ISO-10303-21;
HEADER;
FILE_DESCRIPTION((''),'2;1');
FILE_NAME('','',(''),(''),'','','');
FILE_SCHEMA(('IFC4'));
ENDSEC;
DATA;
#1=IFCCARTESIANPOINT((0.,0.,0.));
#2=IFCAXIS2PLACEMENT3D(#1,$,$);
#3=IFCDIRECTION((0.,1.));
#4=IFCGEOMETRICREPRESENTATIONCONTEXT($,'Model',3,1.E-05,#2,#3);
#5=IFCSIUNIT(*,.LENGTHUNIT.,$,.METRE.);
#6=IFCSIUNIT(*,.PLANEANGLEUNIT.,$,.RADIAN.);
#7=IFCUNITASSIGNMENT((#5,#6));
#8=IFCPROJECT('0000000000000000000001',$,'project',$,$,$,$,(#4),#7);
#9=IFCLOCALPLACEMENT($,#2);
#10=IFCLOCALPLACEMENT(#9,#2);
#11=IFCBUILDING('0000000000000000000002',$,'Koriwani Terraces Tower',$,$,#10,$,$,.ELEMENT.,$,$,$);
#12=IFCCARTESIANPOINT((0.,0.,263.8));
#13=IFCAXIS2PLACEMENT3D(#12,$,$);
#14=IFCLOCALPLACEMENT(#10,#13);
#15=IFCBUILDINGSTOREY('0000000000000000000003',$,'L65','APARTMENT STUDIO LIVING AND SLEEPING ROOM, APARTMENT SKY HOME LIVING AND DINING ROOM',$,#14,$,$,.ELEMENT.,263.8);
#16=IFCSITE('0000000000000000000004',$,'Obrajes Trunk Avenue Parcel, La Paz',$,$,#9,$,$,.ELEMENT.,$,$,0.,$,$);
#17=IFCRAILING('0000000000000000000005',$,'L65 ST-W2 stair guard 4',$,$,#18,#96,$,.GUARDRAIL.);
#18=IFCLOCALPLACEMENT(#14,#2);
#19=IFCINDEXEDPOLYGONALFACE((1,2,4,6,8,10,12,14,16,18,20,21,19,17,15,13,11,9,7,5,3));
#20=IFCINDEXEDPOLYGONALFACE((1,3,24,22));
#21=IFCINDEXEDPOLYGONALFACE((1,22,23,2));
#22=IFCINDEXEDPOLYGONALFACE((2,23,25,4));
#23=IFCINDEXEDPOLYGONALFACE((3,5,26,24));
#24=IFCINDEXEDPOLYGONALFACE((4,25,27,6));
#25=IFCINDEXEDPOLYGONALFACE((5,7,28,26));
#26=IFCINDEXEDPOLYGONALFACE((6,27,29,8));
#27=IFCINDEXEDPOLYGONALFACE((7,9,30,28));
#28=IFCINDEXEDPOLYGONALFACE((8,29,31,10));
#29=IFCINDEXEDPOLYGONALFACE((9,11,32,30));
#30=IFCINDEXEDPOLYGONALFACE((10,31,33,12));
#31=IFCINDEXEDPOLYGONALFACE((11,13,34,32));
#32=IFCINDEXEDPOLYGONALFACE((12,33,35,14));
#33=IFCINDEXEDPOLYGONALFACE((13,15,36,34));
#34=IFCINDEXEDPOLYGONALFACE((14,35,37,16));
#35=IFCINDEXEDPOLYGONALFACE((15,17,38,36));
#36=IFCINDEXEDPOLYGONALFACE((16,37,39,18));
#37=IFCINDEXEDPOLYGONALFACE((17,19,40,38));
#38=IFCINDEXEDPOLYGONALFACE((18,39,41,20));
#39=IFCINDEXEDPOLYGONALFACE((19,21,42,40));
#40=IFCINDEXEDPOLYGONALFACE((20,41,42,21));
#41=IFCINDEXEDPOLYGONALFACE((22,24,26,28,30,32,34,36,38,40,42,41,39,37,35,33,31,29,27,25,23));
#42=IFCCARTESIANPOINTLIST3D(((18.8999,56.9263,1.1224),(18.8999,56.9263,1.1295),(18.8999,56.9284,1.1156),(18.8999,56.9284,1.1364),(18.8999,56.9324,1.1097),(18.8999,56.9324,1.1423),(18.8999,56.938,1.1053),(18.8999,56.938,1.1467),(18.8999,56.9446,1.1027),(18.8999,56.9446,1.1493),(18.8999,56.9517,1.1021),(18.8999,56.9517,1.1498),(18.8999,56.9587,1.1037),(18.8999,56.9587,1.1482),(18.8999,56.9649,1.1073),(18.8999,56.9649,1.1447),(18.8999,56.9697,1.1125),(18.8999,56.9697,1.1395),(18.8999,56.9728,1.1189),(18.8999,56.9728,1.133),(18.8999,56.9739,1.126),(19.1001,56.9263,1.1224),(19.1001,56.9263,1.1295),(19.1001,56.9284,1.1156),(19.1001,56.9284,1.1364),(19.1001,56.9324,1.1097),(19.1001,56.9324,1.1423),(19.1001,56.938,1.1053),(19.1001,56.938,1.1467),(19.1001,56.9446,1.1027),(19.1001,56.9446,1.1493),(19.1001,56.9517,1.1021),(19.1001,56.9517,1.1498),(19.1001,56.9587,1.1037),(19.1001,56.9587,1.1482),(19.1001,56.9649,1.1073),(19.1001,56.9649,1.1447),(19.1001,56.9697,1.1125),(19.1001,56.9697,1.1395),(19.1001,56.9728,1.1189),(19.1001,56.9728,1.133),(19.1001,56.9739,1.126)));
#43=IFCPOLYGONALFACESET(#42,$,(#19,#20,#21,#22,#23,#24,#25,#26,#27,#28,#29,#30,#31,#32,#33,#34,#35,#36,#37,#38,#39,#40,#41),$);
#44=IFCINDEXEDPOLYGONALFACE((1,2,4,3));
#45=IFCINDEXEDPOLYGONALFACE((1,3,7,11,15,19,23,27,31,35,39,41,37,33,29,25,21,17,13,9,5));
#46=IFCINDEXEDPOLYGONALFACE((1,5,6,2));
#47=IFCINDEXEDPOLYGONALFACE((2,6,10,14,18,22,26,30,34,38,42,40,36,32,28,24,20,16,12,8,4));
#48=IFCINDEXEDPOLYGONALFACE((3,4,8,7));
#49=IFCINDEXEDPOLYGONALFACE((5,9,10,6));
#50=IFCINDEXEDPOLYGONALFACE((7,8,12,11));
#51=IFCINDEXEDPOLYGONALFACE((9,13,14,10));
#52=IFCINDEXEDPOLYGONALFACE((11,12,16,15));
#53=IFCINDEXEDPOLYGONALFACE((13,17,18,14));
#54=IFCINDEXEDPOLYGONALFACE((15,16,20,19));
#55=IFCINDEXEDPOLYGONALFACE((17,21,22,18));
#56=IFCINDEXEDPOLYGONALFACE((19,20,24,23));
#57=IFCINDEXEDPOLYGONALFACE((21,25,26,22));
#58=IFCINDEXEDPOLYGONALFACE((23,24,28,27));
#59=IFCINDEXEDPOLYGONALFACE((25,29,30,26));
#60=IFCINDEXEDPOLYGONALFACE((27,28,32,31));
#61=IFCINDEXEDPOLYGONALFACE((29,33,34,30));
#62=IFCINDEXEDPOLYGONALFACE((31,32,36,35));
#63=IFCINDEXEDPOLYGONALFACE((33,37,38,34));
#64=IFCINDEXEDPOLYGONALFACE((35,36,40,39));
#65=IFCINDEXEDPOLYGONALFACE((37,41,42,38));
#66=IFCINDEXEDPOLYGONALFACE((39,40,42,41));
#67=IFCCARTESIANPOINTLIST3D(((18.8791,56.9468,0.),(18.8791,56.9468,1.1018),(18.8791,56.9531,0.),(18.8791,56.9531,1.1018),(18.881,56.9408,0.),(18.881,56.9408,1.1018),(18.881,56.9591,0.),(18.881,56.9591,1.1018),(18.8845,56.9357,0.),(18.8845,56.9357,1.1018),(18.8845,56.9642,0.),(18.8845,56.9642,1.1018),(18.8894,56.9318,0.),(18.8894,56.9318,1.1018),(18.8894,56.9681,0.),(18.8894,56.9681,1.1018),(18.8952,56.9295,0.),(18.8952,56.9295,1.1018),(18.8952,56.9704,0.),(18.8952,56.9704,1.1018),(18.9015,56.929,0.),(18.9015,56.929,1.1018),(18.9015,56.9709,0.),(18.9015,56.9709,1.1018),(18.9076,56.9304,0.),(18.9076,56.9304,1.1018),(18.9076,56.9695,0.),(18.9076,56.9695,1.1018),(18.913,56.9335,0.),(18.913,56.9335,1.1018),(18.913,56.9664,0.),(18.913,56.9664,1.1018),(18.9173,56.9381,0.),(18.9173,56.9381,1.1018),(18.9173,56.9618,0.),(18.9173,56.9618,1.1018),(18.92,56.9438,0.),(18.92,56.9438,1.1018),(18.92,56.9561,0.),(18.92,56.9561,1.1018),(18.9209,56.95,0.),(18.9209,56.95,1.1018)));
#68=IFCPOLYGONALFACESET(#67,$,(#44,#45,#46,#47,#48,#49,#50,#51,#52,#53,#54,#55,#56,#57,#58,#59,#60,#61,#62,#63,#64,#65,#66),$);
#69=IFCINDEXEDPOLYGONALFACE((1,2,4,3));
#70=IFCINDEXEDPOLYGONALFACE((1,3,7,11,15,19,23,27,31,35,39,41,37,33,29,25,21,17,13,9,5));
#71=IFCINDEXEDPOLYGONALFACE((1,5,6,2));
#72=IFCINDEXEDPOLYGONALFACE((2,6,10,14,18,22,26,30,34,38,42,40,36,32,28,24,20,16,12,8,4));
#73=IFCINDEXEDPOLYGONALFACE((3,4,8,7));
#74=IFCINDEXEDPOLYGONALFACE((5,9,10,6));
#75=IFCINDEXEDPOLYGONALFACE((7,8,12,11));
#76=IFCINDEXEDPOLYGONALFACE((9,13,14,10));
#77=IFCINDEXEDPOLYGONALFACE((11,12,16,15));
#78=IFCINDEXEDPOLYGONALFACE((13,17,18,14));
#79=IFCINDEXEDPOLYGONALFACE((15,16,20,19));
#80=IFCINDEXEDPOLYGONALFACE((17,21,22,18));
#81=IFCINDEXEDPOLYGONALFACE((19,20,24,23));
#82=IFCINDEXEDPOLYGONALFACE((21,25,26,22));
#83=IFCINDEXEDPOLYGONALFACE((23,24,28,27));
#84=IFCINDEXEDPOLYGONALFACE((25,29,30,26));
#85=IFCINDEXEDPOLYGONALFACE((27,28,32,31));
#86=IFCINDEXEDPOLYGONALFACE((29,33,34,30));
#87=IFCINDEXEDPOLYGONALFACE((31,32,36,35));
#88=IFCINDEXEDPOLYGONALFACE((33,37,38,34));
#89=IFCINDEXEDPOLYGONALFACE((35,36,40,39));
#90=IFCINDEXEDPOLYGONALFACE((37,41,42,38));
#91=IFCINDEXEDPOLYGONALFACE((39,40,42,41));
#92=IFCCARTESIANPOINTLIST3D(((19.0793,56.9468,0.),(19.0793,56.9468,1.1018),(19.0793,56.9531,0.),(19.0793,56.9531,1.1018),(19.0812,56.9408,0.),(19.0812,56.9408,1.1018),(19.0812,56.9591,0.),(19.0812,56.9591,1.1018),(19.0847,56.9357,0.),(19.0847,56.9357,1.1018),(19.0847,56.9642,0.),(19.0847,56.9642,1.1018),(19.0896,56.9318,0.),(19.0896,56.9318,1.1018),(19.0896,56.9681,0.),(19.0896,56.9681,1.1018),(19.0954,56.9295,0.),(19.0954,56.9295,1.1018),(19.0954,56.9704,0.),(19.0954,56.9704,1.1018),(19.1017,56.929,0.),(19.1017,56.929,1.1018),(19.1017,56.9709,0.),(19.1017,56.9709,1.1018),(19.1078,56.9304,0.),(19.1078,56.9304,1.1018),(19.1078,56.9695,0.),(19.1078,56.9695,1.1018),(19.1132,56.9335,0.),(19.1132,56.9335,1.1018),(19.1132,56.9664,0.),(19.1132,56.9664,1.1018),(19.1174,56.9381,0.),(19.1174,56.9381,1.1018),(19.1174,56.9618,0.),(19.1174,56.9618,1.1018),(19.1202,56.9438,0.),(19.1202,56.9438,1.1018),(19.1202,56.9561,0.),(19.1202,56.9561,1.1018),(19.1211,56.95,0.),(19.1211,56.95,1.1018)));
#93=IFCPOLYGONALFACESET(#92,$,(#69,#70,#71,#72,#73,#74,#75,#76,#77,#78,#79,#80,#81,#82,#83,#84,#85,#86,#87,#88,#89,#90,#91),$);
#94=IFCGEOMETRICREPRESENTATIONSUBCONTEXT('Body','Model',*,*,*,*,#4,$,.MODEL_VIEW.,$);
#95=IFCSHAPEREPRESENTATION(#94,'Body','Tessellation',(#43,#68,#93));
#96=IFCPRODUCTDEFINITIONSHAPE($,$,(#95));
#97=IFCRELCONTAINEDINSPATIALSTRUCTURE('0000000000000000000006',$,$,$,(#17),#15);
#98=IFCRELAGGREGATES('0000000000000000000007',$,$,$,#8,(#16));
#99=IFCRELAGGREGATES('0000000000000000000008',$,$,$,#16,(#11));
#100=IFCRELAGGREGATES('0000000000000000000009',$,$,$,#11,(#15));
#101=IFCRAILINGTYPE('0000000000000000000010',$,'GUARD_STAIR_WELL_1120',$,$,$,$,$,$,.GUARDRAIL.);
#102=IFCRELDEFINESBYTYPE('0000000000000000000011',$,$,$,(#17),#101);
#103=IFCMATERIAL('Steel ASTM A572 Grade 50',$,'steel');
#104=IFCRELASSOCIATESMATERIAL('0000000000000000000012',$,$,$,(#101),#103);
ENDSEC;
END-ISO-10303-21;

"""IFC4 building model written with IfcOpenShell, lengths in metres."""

from ifc_helpers import new_model, si_unit, direction, frame, origin, origin_2d, place, context, subcontext, project, spatial, circle, extrude, material, type_object, element, save


model = new_model("IFC4")

# Units and contexts
model_context = context("Model", 3, precision=1e-05, world=origin(), true_north=direction((0.0, 1.0)))
body_context = subcontext(model_context, "Body", "Model", "MODEL_VIEW")
ifc_project = project(units=[si_unit("LENGTHUNIT", "METRE"), si_unit("PLANEANGLEUNIT", "RADIAN")], contexts=[model_context])

# Site, building, storey
site_placement = place(None, origin())
site = spatial("IfcSite", under=ifc_project, at=site_placement, Name="Obrajes Trunk Avenue Parcel, La Paz", CompositionType="ELEMENT", RefElevation=0.0)
building_placement = place(site_placement, origin())
building = spatial("IfcBuilding", under=site, at=building_placement, Name="Koriwani Terraces Tower", CompositionType="ELEMENT")
storey_placement = place(building_placement, frame((0.0, 0.0, 263.8)))
storey = spatial("IfcBuildingStorey", under=building, at=storey_placement, Name="L65", Description="APARTMENT STUDIO LIVING AND SLEEPING ROOM, APARTMENT SKY HOME LIVING AND DINING ROOM", CompositionType="ELEMENT", Elevation=263.8)

# Shared definitions
ifc_material_1 = material(Name="Steel ASTM A572 Grade 50", Category="steel")

# Railing
railing_type_1 = type_object("IfcRailingType", Name="GUARD_STAIR_WELL_1120", PredefinedType="GUARDRAIL", material=ifc_material_1)
railing_1_placement = place(storey_placement, frame((18.8999, 56.95, 0.0)))
element("IfcRailing", 1, at=railing_1_placement, inside=storey, type_object=railing_type_1, Name="L65 ST-W2 stair guard 4", PredefinedType="GUARDRAIL", context=body_context, shape_type="SweptSolid", body=[
    extrude(circle(Radius=0.0239, at=origin_2d()), frame((0.0, 0.0, 1.126), z_axis=(1.0, 0.0, 0.0), x_axis=(0.0, 1.0, 0.0)), (0.0, 0.0, 1.0), 0.2002),
    extrude(circle(Radius=0.021, at=origin_2d()), origin(), (0.0, 0.0, 1.0), 1.1018),
    extrude(circle(Radius=0.021, at=origin_2d()), frame((0.2002, 0.0, 0.0)), (0.0, 0.0, 1.0), 1.1018),
])

save(model, "model.ifc")
